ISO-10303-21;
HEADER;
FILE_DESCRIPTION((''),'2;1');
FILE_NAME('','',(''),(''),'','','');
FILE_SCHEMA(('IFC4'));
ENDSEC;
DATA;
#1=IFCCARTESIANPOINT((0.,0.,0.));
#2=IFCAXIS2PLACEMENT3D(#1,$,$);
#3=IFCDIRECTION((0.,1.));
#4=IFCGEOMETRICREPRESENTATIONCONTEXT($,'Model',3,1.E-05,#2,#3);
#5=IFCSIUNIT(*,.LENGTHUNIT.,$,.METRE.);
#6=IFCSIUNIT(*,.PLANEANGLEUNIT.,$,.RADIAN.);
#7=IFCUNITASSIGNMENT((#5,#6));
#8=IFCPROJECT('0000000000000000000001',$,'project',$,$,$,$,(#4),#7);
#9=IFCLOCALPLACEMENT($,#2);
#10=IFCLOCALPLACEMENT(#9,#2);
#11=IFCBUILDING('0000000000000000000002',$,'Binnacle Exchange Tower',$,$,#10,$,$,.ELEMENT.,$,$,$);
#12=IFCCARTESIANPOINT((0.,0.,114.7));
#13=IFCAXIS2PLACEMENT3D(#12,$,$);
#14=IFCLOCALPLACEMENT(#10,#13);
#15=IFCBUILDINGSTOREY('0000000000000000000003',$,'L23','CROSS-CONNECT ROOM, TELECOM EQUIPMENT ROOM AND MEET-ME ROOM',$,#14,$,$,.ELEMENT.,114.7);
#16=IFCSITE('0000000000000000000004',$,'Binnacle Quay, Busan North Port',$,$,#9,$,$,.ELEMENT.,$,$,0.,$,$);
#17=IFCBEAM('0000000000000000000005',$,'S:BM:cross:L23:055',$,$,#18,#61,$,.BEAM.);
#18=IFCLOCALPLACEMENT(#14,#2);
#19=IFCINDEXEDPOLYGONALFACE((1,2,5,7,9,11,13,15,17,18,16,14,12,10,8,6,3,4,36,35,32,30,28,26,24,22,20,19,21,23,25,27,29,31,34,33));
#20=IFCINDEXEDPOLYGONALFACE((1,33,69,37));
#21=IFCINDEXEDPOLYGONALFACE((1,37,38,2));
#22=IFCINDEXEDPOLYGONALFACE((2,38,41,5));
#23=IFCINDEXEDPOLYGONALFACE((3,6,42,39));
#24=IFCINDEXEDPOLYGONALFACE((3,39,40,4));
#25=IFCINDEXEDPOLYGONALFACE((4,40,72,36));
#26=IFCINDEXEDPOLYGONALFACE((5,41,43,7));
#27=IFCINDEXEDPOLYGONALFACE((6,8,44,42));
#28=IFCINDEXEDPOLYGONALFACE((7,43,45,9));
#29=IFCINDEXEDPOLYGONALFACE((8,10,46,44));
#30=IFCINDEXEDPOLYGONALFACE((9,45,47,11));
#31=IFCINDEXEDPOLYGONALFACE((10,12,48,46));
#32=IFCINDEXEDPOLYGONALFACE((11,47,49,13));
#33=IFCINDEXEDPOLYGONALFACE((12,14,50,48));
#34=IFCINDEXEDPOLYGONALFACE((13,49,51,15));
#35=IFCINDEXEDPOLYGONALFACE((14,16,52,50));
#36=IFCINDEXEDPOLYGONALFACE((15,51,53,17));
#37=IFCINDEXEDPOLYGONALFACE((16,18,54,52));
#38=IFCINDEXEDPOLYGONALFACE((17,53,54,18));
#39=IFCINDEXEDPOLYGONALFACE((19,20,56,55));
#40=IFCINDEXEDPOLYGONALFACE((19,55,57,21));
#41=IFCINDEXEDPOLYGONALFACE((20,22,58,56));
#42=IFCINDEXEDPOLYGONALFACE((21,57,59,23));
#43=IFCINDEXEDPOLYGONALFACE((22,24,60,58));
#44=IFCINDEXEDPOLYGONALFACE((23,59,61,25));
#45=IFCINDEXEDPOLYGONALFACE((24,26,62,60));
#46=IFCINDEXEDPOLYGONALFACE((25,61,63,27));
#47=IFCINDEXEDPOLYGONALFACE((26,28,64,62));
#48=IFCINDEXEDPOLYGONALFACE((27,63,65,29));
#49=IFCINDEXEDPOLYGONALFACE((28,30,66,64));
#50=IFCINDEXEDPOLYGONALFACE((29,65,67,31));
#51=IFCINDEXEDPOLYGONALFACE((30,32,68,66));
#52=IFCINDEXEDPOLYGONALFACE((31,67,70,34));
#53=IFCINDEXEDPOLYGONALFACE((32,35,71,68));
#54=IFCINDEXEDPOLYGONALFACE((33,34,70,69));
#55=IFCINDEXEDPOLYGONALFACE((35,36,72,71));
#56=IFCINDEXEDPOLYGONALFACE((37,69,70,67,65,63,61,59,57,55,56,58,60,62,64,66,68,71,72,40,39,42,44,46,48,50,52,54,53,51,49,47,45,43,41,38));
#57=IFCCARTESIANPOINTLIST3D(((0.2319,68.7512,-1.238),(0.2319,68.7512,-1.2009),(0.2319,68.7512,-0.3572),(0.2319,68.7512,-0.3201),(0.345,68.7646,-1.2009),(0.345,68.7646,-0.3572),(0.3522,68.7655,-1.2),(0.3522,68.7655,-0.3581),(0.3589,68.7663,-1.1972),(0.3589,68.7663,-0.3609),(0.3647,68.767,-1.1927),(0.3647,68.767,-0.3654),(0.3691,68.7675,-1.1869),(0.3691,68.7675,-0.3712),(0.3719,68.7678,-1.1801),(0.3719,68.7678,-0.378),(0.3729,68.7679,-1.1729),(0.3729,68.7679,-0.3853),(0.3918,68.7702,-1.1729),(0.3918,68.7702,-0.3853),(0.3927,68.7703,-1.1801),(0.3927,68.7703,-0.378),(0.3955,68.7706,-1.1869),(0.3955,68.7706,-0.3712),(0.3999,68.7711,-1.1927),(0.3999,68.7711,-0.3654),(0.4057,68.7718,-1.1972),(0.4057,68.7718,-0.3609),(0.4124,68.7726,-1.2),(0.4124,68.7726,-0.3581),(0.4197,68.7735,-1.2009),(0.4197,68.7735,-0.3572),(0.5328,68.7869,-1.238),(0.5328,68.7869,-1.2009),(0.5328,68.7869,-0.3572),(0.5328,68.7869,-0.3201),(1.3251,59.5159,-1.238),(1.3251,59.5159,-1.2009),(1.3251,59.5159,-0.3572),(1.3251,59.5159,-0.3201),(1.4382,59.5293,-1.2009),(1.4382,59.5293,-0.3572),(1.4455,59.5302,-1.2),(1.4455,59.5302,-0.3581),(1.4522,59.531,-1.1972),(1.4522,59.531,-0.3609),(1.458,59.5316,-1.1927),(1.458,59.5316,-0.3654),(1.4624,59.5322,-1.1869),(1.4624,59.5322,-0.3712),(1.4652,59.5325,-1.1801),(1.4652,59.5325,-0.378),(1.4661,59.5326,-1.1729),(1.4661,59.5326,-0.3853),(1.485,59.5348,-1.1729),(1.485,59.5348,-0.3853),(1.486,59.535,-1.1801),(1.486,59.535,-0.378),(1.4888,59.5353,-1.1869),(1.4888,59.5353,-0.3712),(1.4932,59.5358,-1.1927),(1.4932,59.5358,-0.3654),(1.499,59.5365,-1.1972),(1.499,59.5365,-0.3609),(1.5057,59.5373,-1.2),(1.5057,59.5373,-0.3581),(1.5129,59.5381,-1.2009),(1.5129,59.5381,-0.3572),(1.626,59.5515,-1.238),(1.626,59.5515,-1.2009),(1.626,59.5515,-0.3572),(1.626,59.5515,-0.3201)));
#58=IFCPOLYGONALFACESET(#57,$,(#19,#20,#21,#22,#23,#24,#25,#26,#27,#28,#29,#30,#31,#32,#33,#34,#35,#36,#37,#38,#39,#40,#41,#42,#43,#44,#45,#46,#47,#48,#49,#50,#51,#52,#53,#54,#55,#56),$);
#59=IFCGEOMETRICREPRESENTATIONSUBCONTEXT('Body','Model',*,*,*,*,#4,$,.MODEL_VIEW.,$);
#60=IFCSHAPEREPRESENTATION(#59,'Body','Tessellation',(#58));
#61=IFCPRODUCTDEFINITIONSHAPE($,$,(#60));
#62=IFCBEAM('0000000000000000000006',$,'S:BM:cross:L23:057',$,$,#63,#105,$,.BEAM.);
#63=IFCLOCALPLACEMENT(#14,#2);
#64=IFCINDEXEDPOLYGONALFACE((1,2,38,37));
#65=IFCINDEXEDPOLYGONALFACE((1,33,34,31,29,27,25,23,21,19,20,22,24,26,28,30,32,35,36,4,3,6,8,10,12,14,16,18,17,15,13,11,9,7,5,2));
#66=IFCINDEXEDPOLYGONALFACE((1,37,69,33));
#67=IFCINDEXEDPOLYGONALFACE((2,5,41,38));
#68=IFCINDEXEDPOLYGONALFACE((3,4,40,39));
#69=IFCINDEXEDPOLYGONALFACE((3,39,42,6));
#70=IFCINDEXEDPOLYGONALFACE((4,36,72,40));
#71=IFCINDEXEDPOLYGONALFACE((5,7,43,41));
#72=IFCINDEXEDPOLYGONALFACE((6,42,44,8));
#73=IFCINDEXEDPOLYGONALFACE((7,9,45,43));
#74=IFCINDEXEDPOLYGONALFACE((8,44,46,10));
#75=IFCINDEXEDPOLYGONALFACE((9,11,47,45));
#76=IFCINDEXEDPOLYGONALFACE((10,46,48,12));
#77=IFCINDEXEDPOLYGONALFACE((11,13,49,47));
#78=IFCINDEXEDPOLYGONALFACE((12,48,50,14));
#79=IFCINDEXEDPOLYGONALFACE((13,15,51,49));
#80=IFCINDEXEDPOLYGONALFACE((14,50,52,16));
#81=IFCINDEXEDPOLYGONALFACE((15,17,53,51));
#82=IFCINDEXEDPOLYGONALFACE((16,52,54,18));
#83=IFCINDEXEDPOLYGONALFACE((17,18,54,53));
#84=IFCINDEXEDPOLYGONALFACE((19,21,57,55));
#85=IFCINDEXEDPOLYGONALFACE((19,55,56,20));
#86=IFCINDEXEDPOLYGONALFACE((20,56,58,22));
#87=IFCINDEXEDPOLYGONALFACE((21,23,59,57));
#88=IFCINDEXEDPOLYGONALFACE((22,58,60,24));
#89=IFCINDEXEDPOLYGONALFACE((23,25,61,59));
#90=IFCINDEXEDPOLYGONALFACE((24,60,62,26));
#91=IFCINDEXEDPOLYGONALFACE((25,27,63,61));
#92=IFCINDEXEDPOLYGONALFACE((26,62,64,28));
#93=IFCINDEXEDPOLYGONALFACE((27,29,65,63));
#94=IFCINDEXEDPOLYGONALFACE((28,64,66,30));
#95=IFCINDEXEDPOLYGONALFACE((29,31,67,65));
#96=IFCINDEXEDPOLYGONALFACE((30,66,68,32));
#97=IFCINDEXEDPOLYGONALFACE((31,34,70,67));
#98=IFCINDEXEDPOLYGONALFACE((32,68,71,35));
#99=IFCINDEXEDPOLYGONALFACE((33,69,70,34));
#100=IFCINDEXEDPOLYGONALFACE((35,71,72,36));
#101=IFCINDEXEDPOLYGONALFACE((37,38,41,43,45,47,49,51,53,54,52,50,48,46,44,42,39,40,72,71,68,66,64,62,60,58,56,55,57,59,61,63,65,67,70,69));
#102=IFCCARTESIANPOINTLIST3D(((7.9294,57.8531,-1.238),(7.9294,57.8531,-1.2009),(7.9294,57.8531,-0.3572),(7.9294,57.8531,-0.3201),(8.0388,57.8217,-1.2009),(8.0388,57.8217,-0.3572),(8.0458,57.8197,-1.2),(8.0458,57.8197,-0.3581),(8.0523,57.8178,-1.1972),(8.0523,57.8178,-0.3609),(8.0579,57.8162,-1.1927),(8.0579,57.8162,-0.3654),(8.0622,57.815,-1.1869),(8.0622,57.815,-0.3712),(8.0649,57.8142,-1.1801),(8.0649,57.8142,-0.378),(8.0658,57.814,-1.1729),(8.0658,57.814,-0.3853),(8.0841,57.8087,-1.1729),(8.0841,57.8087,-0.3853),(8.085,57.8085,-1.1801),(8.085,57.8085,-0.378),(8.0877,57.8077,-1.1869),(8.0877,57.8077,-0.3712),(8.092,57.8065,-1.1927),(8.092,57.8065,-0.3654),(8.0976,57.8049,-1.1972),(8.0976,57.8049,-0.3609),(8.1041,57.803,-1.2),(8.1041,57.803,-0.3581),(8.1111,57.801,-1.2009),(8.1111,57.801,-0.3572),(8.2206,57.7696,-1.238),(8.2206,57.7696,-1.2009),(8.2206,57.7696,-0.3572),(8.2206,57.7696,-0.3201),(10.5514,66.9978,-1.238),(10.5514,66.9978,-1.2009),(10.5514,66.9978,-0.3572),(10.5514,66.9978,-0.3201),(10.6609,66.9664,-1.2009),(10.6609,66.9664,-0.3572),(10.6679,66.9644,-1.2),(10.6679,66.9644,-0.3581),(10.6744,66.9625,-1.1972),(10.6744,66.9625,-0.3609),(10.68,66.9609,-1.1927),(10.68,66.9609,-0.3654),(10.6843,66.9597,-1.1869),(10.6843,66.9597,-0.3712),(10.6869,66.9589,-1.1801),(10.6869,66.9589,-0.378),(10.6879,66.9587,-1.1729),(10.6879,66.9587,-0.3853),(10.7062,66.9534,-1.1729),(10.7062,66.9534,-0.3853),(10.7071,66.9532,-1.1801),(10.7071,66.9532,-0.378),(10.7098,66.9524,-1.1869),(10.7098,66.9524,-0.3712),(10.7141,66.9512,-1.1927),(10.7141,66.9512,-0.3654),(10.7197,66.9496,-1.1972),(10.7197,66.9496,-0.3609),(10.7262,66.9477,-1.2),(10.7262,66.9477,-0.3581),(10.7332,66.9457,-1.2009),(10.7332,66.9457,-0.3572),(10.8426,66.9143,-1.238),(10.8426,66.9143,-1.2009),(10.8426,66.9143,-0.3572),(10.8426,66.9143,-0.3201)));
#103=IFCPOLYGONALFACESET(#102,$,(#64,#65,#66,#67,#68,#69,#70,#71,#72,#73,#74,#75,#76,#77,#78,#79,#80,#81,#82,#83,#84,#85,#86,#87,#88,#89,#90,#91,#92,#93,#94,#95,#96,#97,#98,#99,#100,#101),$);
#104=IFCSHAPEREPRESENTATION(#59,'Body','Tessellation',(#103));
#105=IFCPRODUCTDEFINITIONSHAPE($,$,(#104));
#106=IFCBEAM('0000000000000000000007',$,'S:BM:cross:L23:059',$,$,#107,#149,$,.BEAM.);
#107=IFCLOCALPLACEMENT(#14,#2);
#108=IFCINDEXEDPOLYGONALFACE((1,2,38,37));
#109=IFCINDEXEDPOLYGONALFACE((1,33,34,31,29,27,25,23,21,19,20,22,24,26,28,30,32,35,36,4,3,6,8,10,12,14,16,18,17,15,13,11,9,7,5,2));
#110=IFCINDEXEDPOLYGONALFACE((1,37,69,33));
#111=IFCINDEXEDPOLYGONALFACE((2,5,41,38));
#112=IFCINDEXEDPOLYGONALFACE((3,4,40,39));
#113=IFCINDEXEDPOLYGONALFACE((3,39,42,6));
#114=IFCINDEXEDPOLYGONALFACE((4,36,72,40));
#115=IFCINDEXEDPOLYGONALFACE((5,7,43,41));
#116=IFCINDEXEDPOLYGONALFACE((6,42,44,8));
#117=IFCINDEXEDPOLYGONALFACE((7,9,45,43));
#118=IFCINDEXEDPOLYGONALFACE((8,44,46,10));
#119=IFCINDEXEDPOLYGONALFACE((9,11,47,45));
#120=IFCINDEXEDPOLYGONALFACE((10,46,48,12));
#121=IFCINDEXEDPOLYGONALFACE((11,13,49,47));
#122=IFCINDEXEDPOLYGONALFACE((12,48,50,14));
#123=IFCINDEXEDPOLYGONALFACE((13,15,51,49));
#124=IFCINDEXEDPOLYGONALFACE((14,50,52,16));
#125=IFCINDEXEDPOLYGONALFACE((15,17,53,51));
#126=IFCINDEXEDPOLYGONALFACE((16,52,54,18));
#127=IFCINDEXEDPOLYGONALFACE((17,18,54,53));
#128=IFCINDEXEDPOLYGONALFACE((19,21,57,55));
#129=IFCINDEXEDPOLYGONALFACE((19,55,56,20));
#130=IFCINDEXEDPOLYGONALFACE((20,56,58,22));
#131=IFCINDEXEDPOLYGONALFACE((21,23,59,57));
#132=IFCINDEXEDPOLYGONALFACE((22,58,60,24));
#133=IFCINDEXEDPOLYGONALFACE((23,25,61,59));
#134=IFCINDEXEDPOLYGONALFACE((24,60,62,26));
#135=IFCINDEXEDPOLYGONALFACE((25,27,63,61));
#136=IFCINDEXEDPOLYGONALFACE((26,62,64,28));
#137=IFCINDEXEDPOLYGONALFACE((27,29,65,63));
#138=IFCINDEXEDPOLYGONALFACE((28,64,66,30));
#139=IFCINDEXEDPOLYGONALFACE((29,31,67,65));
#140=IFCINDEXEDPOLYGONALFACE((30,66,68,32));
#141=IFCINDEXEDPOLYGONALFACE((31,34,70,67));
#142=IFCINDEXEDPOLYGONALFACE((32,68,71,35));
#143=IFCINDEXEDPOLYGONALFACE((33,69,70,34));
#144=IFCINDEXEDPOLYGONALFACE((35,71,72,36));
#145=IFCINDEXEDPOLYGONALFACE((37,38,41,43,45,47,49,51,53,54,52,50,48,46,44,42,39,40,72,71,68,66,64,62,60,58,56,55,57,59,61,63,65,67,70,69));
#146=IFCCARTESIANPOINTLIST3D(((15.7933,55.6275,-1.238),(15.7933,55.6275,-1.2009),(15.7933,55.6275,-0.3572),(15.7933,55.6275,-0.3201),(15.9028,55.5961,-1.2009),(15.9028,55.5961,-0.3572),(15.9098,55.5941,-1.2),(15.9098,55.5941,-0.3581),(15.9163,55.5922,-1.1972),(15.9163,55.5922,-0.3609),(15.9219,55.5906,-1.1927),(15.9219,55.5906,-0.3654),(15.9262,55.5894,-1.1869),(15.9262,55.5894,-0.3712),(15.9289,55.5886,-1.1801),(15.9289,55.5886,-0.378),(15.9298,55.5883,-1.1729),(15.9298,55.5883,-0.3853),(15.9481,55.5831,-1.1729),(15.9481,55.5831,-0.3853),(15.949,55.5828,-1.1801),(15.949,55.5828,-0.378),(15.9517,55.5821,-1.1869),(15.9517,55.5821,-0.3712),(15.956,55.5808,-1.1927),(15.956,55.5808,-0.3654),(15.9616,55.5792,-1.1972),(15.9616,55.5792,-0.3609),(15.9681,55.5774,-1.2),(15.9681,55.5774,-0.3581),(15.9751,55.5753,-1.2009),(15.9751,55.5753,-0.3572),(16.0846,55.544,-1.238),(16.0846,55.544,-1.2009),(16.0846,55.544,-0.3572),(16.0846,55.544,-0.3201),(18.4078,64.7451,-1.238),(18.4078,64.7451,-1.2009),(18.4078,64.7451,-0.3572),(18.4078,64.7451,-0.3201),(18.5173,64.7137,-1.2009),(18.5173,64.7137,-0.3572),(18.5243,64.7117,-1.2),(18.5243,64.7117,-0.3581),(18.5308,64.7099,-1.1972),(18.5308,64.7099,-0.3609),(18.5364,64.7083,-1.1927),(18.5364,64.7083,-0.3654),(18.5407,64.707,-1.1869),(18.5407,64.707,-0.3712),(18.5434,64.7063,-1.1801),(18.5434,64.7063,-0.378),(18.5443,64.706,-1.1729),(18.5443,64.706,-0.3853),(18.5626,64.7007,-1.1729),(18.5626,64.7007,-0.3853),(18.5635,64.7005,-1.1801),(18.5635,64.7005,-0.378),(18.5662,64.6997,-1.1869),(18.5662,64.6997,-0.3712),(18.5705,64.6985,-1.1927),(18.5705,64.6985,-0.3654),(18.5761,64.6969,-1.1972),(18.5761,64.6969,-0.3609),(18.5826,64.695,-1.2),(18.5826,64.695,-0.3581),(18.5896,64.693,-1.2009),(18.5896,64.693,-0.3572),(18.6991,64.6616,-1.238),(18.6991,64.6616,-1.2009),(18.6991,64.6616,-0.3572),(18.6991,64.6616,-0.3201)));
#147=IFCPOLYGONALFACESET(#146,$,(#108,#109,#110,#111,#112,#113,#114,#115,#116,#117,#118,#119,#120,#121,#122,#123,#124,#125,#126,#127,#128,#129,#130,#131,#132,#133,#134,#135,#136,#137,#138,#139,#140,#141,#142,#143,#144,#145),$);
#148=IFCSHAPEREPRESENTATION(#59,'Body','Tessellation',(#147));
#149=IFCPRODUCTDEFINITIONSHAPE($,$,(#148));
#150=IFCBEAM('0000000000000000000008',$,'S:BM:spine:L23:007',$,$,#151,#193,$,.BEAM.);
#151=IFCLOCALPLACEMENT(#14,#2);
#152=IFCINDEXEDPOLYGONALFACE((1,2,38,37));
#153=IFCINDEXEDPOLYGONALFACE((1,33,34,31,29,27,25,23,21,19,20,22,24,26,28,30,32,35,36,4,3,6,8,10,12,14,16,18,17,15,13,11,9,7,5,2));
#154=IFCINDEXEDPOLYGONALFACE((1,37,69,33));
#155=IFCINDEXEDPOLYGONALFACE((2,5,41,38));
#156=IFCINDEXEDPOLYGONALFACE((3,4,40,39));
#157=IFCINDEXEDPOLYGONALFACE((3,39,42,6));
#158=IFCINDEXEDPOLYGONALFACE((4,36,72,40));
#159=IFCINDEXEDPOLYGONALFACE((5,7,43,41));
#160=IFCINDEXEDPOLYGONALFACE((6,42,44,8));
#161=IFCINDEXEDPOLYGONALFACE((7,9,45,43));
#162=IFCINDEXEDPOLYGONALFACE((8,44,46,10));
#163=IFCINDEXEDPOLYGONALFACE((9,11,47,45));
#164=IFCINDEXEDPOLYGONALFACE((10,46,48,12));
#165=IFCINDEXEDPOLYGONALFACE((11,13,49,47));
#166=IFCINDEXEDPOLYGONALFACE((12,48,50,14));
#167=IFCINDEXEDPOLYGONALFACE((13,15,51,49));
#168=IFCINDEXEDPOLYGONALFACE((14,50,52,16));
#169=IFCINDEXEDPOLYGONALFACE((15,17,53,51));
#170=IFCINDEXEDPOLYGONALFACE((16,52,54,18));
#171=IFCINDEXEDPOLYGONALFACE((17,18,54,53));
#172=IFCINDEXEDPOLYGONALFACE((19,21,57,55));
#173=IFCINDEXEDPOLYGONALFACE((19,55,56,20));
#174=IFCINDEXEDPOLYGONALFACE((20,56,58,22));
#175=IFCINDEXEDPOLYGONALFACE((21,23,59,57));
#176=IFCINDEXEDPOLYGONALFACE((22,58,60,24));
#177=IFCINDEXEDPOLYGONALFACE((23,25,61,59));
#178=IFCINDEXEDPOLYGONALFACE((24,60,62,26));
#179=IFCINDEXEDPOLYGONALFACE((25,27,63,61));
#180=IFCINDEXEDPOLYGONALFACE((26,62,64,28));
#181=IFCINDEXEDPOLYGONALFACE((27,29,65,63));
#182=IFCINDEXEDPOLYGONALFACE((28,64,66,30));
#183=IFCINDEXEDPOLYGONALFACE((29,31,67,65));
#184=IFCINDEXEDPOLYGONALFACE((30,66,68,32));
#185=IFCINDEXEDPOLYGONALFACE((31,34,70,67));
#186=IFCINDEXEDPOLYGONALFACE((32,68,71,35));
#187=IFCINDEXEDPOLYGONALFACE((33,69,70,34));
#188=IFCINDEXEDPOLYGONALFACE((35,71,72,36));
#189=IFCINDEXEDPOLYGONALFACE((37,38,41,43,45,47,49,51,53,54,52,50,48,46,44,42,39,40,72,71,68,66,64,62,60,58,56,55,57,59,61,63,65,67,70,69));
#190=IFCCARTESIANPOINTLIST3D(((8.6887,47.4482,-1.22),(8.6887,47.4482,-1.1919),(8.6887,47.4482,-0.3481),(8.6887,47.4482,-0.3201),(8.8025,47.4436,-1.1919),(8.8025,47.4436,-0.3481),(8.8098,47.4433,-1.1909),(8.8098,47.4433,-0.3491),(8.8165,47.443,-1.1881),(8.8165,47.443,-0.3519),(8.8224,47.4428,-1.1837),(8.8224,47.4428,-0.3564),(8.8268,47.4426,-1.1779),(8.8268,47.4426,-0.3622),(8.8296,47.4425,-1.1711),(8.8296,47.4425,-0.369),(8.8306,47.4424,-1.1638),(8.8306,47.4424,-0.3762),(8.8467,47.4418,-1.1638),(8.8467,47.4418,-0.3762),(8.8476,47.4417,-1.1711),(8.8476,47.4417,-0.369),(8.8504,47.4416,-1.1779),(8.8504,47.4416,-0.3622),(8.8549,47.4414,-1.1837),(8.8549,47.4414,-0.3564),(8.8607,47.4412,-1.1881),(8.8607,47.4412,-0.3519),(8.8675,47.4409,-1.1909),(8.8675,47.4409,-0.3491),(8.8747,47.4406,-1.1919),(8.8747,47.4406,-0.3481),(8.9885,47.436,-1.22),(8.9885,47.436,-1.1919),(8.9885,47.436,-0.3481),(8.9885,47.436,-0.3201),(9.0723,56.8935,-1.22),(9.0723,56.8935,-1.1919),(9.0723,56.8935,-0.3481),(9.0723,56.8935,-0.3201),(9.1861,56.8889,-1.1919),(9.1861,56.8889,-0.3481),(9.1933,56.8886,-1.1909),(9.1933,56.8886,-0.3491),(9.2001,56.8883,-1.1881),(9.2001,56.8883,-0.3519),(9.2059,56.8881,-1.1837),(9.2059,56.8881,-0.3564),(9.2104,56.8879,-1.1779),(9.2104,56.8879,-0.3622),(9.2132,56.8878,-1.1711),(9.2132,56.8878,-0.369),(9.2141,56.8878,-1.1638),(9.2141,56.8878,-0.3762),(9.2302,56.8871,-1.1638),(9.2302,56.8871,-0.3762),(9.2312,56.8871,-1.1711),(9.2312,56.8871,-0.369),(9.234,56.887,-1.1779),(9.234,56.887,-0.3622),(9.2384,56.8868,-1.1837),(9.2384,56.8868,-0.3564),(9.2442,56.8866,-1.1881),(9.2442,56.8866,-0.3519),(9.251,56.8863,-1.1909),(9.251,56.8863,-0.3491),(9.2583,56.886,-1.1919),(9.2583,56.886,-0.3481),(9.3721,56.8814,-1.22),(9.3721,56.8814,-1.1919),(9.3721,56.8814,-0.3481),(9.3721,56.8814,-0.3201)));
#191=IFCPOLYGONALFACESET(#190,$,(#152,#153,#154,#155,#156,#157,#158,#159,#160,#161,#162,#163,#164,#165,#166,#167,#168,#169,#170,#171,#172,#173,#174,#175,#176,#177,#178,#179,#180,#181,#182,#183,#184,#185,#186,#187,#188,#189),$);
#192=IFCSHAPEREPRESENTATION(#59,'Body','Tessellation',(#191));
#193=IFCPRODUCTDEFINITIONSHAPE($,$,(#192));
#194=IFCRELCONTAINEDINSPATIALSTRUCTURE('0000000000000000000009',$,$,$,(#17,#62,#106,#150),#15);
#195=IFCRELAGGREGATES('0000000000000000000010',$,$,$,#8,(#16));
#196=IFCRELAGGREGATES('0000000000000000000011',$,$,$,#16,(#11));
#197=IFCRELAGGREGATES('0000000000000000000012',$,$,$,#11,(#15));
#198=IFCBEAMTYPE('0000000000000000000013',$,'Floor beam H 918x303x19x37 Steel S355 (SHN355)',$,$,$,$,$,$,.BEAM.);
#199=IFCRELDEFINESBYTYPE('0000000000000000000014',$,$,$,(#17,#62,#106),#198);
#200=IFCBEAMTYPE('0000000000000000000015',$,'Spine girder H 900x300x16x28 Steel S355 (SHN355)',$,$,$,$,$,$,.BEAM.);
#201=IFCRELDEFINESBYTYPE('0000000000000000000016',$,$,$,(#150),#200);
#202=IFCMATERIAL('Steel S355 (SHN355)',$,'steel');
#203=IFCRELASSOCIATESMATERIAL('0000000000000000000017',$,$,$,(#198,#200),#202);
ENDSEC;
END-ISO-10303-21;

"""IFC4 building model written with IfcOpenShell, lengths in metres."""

from ifc_helpers import new_model, si_unit, direction, frame, origin, origin_2d, place, context, subcontext, project, spatial, i_section, extrude, material, material_profile, profile_set, type_object, element, save


model = new_model("IFC4")

# Units and contexts
model_context = context("Model", 3, precision=1e-05, world=origin(), true_north=direction((0.0, 1.0)))
body_context = subcontext(model_context, "Body", "Model", "MODEL_VIEW")
ifc_project = project(units=[si_unit("LENGTHUNIT", "METRE"), si_unit("PLANEANGLEUNIT", "RADIAN")], contexts=[model_context])

# Site, building, storey
site_placement = place(None, origin())
site = spatial("IfcSite", under=ifc_project, at=site_placement, Name="Binnacle Quay, Busan North Port", CompositionType="ELEMENT", RefElevation=0.0)
building_placement = place(site_placement, origin())
building = spatial("IfcBuilding", under=site, at=building_placement, Name="Binnacle Exchange Tower", CompositionType="ELEMENT")
storey_placement = place(building_placement, frame((0.0, 0.0, 114.7)))
storey = spatial("IfcBuildingStorey", under=building, at=storey_placement, Name="L23", Description="CROSS-CONNECT ROOM, TELECOM EQUIPMENT ROOM AND MEET-ME ROOM", CompositionType="ELEMENT", Elevation=114.7)

# Beams
ifc_material_1 = material(Name="Steel S355 (SHN355)", Category="steel")
ifc_material_profile_1 = material_profile(ifc_material_1, i_section(OverallWidth=0.303, OverallDepth=0.918, WebThickness=0.019, FlangeThickness=0.0371, FilletRadius=0.0281, at=origin_2d()), Name="H 918x303x19x37")
ifc_profile_set_1 = profile_set([ifc_material_profile_1], Name="Steel S355 (SHN355)")
beam_type_1 = type_object("IfcBeamType", Name="Floor beam H 918x303x19x37 Steel S355 (SHN355)", PredefinedType="BEAM", material=ifc_profile_set_1)
beam_1_placement = place(storey_placement, frame((0.3823, 68.769, -0.7791), z_axis=(0.117557, -0.993066, 0.0), x_axis=(0.993066, 0.117557, 0.0)))
element("IfcBeam", 1, at=beam_1_placement, inside=storey, type_object=beam_type_1, Name="S:BM:cross:L23:055", PredefinedType="BEAM", context=body_context, shape_type="SweptSolid", body=[
    extrude(i_section(OverallWidth=0.303, OverallDepth=0.918, WebThickness=0.019, FlangeThickness=0.0371, FilletRadius=0.0281, at=origin_2d()), origin(), (0.0, 0.0, 1.0), 9.2998),
])
beam_2_placement = place(storey_placement, frame((10.697, 66.9561, -0.7791), z_axis=(-0.275623, -0.961266, 0.0), x_axis=(0.961266, -0.275623, 0.0)))
element("IfcBeam", 2, at=beam_2_placement, inside=storey, type_object=beam_type_1, Name="S:BM:cross:L23:057", PredefinedType="BEAM", context=body_context, shape_type="SweptSolid", body=[
    extrude(i_section(OverallWidth=0.303, OverallDepth=0.918, WebThickness=0.019, FlangeThickness=0.0371, FilletRadius=0.0281, at=origin_2d()), origin(), (0.0, 0.0, 1.0), 9.5132),
])
beam_3_placement = place(storey_placement, frame((18.5535, 64.7034, -0.7791), z_axis=(-0.275642, -0.96126, 0.0), x_axis=(0.96126, -0.275642, 0.0)))
element("IfcBeam", 3, at=beam_3_placement, inside=storey, type_object=beam_type_1, Name="S:BM:cross:L23:059", PredefinedType="BEAM", context=body_context, shape_type="SweptSolid", body=[
    extrude(i_section(OverallWidth=0.303, OverallDepth=0.918, WebThickness=0.019, FlangeThickness=0.0371, FilletRadius=0.0281, at=origin_2d()), origin(), (0.0, 0.0, 1.0), 9.4851),
])
ifc_material_profile_2 = material_profile(ifc_material_1, i_section(OverallWidth=0.3, OverallDepth=0.8999, WebThickness=0.0161, FlangeThickness=0.0281, FilletRadius=0.0281, at=origin_2d()), Name="H 900x300x16x28")
ifc_profile_set_2 = profile_set([ifc_material_profile_2], Name="Steel S355 (SHN355)")
beam_type_2 = type_object("IfcBeamType", Name="Spine girder H 900x300x16x28 Steel S355 (SHN355)", PredefinedType="BEAM", material=ifc_profile_set_2)
beam_4_placement = place(storey_placement, frame((9.2222, 56.8875, -0.77), z_axis=(-0.040573, -0.999177, 0.0), x_axis=(0.999177, -0.040573, 0.0)))
element("IfcBeam", 4, at=beam_4_placement, inside=storey, type_object=beam_type_2, Name="S:BM:spine:L23:007", PredefinedType="BEAM", context=body_context, shape_type="SweptSolid", body=[
    extrude(i_section(OverallWidth=0.3, OverallDepth=0.8999, WebThickness=0.0161, FlangeThickness=0.0281, FilletRadius=0.0281, at=origin_2d()), origin(), (0.0, 0.0, 1.0), 9.4531),
])

save(model, "model.ifc")
